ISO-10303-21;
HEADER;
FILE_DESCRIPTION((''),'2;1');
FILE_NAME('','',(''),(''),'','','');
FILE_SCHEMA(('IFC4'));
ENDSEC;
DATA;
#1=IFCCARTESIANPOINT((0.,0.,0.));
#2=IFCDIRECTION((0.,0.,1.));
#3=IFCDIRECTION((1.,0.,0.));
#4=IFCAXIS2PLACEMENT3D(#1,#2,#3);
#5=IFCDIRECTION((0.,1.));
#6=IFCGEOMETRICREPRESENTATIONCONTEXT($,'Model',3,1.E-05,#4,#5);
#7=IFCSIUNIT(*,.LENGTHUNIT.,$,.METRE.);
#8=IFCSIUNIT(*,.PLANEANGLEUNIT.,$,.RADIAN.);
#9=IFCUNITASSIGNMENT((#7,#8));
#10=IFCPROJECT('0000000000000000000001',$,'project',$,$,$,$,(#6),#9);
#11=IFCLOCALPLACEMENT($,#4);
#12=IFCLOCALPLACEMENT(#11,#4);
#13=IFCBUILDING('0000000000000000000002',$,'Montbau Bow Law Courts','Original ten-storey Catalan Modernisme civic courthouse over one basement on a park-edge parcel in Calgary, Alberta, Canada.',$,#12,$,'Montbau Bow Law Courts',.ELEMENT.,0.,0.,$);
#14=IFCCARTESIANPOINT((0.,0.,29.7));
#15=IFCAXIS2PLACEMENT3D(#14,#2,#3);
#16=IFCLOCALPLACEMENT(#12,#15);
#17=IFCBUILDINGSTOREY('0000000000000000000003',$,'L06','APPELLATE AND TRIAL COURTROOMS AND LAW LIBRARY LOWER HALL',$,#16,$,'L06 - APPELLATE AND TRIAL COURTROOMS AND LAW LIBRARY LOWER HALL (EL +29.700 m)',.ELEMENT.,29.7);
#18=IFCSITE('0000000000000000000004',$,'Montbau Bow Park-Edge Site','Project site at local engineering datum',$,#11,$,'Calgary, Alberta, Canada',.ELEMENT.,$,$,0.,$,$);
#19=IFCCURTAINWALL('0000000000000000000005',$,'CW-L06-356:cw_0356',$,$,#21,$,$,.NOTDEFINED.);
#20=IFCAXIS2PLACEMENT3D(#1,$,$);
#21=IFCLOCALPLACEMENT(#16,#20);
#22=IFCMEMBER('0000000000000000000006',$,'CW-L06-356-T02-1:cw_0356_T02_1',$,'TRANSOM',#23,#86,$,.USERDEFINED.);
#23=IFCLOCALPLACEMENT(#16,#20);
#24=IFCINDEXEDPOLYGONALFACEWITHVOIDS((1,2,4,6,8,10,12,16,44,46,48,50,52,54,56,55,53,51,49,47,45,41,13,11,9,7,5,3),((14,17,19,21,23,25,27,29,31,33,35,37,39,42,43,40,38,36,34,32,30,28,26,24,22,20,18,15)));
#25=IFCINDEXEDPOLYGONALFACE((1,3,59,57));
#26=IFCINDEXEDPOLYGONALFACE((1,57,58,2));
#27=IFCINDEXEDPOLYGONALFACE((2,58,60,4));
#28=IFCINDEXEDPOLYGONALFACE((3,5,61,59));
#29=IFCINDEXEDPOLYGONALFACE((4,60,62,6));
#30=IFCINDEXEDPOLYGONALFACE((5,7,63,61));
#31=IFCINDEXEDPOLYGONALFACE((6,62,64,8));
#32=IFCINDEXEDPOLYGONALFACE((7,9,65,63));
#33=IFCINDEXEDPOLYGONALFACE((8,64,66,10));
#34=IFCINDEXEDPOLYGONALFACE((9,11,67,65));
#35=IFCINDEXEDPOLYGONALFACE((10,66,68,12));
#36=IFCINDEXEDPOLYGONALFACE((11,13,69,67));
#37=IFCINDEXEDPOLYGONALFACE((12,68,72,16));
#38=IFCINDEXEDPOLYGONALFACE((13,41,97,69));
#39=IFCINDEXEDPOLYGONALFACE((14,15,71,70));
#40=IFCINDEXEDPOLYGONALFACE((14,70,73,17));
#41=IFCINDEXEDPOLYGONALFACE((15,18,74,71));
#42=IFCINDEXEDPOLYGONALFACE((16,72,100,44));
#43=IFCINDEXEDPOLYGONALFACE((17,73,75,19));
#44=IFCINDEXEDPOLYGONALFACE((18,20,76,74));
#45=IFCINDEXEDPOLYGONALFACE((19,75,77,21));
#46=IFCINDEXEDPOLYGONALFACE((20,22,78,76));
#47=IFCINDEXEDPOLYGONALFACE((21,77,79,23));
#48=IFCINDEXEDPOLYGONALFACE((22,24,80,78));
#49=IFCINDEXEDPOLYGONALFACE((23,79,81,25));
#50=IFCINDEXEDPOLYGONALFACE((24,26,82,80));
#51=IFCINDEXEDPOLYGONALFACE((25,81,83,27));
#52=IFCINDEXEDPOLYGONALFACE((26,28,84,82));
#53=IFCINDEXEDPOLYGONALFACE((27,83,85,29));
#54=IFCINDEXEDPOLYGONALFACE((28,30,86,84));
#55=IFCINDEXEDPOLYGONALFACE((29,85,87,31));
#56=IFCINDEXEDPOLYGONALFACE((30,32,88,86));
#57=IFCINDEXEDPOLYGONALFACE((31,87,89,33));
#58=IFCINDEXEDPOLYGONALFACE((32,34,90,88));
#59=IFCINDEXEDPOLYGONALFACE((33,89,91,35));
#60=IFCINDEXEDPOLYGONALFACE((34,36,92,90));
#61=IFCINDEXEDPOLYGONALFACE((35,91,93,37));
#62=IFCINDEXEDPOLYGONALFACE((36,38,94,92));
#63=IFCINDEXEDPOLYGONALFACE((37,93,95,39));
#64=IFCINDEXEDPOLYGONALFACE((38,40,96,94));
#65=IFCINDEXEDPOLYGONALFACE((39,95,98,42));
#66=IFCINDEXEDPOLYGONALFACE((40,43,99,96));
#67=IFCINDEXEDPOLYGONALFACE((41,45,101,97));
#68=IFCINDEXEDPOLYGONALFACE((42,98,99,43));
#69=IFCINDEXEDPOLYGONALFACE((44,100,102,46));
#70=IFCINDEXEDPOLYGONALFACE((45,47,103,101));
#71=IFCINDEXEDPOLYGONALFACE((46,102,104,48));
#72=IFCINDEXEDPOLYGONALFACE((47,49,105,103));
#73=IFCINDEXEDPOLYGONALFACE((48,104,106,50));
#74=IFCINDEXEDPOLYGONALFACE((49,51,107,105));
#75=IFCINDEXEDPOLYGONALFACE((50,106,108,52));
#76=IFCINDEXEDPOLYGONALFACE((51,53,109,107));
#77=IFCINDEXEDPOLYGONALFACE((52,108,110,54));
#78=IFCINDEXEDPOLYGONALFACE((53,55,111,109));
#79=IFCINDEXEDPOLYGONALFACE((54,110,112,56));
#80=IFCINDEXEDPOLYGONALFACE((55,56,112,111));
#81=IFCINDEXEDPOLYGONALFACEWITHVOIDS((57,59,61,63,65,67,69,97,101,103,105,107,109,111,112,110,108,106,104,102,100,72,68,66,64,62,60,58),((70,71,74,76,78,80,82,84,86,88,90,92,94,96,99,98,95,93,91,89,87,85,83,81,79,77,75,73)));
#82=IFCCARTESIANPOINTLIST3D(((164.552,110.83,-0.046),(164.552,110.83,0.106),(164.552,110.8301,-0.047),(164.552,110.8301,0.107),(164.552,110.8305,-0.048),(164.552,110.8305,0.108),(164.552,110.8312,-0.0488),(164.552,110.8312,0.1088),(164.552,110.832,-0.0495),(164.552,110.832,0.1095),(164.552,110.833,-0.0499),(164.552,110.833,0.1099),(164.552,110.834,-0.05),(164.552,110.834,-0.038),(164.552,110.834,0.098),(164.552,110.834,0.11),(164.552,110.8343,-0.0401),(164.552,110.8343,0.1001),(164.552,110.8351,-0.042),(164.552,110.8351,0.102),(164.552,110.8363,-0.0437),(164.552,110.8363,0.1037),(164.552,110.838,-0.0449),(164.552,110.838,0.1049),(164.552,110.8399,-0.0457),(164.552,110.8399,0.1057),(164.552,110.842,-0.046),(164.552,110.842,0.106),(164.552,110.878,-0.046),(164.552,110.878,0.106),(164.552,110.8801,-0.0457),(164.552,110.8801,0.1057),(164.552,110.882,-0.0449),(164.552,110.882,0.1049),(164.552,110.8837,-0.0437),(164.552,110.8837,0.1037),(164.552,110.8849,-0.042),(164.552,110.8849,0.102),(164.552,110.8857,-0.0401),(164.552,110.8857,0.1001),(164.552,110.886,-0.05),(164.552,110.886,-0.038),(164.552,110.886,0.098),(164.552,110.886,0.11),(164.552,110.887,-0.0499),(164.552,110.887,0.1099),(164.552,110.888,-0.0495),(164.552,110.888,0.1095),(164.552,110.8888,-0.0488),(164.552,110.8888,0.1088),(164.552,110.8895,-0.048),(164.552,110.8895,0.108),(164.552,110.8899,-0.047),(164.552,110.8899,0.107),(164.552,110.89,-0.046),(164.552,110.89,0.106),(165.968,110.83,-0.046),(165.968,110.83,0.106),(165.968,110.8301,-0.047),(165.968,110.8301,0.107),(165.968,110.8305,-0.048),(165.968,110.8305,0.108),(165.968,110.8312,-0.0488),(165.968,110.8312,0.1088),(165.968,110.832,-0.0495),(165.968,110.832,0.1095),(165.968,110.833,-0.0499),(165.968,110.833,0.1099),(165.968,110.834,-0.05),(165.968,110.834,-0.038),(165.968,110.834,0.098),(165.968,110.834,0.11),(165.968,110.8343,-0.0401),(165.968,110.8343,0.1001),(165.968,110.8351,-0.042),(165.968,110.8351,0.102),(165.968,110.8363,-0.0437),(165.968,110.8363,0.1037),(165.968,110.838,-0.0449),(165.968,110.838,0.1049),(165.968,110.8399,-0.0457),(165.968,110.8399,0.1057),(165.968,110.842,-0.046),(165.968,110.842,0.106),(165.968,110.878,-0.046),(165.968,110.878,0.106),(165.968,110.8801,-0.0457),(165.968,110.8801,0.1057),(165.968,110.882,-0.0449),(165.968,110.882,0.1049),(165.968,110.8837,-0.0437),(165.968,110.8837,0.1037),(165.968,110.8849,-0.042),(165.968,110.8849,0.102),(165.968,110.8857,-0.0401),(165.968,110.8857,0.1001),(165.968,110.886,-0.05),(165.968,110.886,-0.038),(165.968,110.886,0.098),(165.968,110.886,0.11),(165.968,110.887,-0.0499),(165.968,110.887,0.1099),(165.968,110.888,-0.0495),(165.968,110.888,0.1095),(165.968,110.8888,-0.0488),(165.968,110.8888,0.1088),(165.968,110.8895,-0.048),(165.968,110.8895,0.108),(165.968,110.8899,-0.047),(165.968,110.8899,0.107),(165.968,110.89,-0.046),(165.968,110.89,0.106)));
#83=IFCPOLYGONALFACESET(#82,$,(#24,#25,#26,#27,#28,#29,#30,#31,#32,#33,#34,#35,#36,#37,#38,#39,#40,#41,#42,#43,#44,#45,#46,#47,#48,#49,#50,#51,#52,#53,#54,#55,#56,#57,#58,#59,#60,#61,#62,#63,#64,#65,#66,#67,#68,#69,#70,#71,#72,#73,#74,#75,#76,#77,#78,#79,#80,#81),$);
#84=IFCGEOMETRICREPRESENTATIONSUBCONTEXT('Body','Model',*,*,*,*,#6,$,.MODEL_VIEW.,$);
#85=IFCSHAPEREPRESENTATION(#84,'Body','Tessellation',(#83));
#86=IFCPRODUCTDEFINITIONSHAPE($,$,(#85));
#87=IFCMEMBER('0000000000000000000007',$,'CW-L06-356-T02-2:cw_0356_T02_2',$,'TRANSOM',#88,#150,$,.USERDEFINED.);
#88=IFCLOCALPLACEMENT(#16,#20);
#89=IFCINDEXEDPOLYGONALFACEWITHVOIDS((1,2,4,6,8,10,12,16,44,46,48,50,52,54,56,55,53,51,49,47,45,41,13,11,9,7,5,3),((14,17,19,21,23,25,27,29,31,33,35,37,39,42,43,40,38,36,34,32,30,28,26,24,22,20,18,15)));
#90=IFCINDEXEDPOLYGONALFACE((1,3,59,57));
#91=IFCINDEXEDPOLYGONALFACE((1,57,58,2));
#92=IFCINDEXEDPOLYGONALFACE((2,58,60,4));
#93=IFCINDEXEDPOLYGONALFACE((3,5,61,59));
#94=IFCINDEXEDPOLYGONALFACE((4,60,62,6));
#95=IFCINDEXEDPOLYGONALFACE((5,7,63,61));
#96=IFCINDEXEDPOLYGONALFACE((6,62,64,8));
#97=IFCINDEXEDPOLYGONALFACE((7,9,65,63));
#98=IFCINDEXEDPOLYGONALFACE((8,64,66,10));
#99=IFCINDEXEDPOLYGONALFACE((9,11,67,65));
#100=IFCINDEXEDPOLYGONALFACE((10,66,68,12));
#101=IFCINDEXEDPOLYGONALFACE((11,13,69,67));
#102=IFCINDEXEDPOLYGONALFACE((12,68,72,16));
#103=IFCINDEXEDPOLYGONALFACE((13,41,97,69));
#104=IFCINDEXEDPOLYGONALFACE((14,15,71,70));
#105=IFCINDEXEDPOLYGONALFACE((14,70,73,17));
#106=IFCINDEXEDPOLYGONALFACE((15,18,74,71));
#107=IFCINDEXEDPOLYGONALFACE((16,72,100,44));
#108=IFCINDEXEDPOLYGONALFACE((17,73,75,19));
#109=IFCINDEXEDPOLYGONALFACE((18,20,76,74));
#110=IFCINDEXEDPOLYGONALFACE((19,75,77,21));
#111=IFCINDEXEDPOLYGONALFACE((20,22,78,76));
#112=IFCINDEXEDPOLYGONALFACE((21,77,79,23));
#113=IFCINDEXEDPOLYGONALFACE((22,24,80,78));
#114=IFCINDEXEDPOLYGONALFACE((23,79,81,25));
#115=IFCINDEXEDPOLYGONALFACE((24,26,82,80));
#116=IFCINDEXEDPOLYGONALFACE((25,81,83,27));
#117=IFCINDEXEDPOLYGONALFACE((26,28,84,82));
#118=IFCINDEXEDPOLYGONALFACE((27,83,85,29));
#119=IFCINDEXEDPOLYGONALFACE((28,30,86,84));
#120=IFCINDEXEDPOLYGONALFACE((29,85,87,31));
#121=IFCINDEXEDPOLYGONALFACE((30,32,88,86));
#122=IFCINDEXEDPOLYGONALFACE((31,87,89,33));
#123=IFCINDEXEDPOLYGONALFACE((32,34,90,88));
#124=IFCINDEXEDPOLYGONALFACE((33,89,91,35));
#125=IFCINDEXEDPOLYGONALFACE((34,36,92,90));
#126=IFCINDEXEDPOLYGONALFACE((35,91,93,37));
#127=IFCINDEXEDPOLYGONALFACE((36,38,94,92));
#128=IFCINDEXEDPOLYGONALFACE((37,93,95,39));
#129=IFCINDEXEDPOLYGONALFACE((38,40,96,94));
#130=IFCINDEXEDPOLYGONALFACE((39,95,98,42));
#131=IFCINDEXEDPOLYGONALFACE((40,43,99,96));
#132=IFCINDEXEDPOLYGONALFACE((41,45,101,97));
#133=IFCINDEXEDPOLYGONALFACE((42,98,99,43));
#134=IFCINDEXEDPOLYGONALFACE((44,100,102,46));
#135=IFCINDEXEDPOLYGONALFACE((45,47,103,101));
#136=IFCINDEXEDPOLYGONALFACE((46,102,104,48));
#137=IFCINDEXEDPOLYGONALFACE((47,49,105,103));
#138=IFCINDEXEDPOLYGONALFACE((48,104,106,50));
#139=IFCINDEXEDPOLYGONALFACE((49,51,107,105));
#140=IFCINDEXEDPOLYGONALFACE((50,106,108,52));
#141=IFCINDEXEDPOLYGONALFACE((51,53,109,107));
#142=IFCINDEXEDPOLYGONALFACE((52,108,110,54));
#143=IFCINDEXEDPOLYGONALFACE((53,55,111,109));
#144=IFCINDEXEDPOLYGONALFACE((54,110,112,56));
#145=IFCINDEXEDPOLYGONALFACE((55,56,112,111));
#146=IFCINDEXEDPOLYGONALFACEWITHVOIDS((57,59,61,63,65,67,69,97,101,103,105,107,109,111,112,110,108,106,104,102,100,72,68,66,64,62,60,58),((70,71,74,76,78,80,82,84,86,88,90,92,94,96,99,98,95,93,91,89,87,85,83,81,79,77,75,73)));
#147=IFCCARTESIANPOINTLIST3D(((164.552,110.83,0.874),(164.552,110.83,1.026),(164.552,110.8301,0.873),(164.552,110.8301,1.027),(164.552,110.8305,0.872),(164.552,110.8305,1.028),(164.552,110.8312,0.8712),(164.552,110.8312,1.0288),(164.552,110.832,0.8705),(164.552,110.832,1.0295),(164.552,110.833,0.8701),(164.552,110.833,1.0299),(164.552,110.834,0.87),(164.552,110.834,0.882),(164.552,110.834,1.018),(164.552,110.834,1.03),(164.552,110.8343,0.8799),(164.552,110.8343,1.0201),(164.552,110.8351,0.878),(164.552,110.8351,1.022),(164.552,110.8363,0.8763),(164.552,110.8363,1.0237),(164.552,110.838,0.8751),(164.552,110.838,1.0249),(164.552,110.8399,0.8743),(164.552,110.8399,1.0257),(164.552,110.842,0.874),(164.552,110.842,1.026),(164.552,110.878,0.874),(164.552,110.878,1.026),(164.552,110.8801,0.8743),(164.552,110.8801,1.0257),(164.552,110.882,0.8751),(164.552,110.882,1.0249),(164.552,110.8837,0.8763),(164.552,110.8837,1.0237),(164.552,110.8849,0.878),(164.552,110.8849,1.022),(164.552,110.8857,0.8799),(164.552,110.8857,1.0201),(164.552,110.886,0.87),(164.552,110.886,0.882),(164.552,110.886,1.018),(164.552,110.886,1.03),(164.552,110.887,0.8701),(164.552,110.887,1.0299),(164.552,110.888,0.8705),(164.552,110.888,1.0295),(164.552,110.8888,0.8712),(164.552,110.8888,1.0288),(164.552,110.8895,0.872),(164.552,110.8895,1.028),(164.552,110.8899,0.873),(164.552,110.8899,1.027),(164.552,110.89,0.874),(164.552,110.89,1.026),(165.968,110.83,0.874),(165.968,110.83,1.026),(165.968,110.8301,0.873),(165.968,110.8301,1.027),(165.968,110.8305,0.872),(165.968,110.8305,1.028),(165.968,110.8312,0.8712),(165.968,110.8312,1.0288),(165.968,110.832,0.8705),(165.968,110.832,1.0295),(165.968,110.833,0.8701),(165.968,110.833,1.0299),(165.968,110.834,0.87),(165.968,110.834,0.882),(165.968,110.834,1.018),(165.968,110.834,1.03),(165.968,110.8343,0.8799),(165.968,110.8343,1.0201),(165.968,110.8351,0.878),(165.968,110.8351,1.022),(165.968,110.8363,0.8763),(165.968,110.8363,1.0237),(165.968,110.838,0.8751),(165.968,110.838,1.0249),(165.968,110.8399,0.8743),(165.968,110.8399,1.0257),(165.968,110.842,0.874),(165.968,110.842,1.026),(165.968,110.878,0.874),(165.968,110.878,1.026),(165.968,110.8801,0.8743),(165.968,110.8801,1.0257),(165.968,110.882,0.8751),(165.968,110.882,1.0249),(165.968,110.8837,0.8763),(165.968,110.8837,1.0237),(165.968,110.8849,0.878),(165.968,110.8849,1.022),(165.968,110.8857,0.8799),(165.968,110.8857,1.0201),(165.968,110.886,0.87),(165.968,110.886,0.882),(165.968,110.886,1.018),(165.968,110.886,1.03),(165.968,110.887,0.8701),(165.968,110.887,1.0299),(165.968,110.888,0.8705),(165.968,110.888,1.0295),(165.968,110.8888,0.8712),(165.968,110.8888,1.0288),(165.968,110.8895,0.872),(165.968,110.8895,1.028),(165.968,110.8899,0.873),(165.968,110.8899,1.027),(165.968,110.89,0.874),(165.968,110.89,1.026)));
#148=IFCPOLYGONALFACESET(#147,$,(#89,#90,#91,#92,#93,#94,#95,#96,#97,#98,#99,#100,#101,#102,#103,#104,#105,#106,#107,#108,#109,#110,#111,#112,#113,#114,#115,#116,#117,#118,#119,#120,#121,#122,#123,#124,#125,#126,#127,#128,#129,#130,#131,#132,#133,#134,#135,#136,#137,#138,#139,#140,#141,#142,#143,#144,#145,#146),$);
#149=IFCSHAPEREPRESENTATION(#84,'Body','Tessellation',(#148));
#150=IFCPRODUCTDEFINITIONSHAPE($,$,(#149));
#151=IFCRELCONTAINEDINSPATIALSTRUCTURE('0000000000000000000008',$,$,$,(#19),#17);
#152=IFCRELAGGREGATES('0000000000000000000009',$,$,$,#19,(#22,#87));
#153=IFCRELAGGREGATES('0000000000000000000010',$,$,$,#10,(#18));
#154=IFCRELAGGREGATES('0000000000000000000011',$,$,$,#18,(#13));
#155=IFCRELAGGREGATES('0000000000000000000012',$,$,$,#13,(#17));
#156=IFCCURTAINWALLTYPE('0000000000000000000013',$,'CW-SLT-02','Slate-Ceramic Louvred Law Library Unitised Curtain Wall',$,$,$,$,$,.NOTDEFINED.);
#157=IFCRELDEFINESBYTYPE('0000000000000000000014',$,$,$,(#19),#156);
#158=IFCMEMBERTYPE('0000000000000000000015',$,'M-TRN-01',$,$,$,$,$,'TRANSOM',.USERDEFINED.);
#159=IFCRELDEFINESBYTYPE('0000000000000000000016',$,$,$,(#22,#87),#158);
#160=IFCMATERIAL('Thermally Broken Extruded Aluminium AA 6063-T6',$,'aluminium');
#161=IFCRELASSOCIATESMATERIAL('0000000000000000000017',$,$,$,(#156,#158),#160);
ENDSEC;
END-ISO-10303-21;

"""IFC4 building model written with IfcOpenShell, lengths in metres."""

from ifc_helpers import new_model, si_unit, direction, frame, origin_with_axes, origin_2d_with_axis, place, context, subcontext, project, spatial, hollow_rectangle, extrude, material, material_profile, profile_set, type_object, element, aggregate, save


model = new_model("IFC4")

# Units and contexts
model_context = context("Model", 3, precision=1e-05, world=origin_with_axes(), true_north=direction((0.0, 1.0)))
body_context = subcontext(model_context, "Body", "Model", "MODEL_VIEW")
ifc_project = project(units=[si_unit("LENGTHUNIT", "METRE"), si_unit("PLANEANGLEUNIT", "RADIAN")], contexts=[model_context])

# Site, building, storey
site_placement = place(None, origin_with_axes())
site = spatial("IfcSite", under=ifc_project, at=site_placement, Name="Montbau Bow Park-Edge Site", Description="Project site at local engineering datum", LongName="Calgary, Alberta, Canada", CompositionType="ELEMENT", RefElevation=0.0)
building_placement = place(site_placement, origin_with_axes())
building = spatial("IfcBuilding", under=site, at=building_placement, Name="Montbau Bow Law Courts", Description="Original ten-storey Catalan Modernisme civic courthouse over one basement on a park-edge parcel in Calgary, Alberta, Canada.", LongName="Montbau Bow Law Courts", CompositionType="ELEMENT", ElevationOfRefHeight=0.0, ElevationOfTerrain=0.0)
storey_placement = place(building_placement, frame((0.0, 0.0, 29.7), z_axis=(0.0, 0.0, 1.0), x_axis=(1.0, 0.0, 0.0)))
storey = spatial("IfcBuildingStorey", under=building, at=storey_placement, Name="L06", Description="APPELLATE AND TRIAL COURTROOMS AND LAW LIBRARY LOWER HALL", LongName="L06 - APPELLATE AND TRIAL COURTROOMS AND LAW LIBRARY LOWER HALL (EL +29.700 m)", CompositionType="ELEMENT", Elevation=29.7)

# Curtain wall, members
ifc_material_1 = material(Name="Thermally Broken Extruded Aluminium AA 6063-T6", Category="aluminium")
curtain_wall_type = type_object("IfcCurtainWallType", Name="CW-SLT-02", Description="Slate-Ceramic Louvred Law Library Unitised Curtain Wall", PredefinedType="NOTDEFINED", material=ifc_material_1)
curtain_wall_placement = place(None, frame((163.04, 110.86, 29.7), z_axis=(0.0, 0.0, 1.0), x_axis=(1.0, 0.0, 0.0)))
curtain_wall = element("IfcCurtainWall", 1, at=curtain_wall_placement, inside=storey, type_object=curtain_wall_type, Name="CW-L06-356:cw_0356", PredefinedType="NOTDEFINED")
ifc_material_profile_1 = material_profile(ifc_material_1, hollow_rectangle(XDim=0.06, YDim=0.16, WallThickness=0.004, InnerFilletRadius=0.008, OuterFilletRadius=0.004, at=origin_2d_with_axis()), Name="CWT-160X60", Category="Main", Priority=0)
ifc_profile_set_1 = profile_set([ifc_material_profile_1], Name="Thermally Broken Extruded Aluminium AA 6063-T6")
member_type_1 = type_object("IfcMemberType", Name="M-TRN-01", ElementType="TRANSOM", PredefinedType="USERDEFINED", material=ifc_profile_set_1)
member_1_placement = place(None, frame((164.552, 110.86, 29.73), z_axis=(1.0, 0.0, 0.0), x_axis=(0.0, 1.0, 0.0)))
member_1 = element("IfcMember", 2, at=member_1_placement, type_object=member_type_1, Name="CW-L06-356-T02-1:cw_0356_T02_1", ObjectType="TRANSOM", PredefinedType="USERDEFINED", context=body_context, shape_type="SweptSolid", body=[
    extrude(hollow_rectangle(XDim=0.06, YDim=0.16, WallThickness=0.004, InnerFilletRadius=0.008, OuterFilletRadius=0.004, at=origin_2d_with_axis()), origin_with_axes(), (0.0, 0.0, 1.0), 1.416),
])
member_2_placement = place(None, frame((164.552, 110.86, 30.65), z_axis=(1.0, 0.0, 0.0), x_axis=(0.0, 1.0, 0.0)))
member_2 = element("IfcMember", 3, at=member_2_placement, type_object=member_type_1, Name="CW-L06-356-T02-2:cw_0356_T02_2", ObjectType="TRANSOM", PredefinedType="USERDEFINED", context=body_context, shape_type="SweptSolid", body=[
    extrude(hollow_rectangle(XDim=0.06, YDim=0.16, WallThickness=0.004, InnerFilletRadius=0.008, OuterFilletRadius=0.004, at=origin_2d_with_axis()), origin_with_axes(), (0.0, 0.0, 1.0), 1.416),
])
aggregate(curtain_wall, [member_1, member_2])

save(model, "model.ifc")
